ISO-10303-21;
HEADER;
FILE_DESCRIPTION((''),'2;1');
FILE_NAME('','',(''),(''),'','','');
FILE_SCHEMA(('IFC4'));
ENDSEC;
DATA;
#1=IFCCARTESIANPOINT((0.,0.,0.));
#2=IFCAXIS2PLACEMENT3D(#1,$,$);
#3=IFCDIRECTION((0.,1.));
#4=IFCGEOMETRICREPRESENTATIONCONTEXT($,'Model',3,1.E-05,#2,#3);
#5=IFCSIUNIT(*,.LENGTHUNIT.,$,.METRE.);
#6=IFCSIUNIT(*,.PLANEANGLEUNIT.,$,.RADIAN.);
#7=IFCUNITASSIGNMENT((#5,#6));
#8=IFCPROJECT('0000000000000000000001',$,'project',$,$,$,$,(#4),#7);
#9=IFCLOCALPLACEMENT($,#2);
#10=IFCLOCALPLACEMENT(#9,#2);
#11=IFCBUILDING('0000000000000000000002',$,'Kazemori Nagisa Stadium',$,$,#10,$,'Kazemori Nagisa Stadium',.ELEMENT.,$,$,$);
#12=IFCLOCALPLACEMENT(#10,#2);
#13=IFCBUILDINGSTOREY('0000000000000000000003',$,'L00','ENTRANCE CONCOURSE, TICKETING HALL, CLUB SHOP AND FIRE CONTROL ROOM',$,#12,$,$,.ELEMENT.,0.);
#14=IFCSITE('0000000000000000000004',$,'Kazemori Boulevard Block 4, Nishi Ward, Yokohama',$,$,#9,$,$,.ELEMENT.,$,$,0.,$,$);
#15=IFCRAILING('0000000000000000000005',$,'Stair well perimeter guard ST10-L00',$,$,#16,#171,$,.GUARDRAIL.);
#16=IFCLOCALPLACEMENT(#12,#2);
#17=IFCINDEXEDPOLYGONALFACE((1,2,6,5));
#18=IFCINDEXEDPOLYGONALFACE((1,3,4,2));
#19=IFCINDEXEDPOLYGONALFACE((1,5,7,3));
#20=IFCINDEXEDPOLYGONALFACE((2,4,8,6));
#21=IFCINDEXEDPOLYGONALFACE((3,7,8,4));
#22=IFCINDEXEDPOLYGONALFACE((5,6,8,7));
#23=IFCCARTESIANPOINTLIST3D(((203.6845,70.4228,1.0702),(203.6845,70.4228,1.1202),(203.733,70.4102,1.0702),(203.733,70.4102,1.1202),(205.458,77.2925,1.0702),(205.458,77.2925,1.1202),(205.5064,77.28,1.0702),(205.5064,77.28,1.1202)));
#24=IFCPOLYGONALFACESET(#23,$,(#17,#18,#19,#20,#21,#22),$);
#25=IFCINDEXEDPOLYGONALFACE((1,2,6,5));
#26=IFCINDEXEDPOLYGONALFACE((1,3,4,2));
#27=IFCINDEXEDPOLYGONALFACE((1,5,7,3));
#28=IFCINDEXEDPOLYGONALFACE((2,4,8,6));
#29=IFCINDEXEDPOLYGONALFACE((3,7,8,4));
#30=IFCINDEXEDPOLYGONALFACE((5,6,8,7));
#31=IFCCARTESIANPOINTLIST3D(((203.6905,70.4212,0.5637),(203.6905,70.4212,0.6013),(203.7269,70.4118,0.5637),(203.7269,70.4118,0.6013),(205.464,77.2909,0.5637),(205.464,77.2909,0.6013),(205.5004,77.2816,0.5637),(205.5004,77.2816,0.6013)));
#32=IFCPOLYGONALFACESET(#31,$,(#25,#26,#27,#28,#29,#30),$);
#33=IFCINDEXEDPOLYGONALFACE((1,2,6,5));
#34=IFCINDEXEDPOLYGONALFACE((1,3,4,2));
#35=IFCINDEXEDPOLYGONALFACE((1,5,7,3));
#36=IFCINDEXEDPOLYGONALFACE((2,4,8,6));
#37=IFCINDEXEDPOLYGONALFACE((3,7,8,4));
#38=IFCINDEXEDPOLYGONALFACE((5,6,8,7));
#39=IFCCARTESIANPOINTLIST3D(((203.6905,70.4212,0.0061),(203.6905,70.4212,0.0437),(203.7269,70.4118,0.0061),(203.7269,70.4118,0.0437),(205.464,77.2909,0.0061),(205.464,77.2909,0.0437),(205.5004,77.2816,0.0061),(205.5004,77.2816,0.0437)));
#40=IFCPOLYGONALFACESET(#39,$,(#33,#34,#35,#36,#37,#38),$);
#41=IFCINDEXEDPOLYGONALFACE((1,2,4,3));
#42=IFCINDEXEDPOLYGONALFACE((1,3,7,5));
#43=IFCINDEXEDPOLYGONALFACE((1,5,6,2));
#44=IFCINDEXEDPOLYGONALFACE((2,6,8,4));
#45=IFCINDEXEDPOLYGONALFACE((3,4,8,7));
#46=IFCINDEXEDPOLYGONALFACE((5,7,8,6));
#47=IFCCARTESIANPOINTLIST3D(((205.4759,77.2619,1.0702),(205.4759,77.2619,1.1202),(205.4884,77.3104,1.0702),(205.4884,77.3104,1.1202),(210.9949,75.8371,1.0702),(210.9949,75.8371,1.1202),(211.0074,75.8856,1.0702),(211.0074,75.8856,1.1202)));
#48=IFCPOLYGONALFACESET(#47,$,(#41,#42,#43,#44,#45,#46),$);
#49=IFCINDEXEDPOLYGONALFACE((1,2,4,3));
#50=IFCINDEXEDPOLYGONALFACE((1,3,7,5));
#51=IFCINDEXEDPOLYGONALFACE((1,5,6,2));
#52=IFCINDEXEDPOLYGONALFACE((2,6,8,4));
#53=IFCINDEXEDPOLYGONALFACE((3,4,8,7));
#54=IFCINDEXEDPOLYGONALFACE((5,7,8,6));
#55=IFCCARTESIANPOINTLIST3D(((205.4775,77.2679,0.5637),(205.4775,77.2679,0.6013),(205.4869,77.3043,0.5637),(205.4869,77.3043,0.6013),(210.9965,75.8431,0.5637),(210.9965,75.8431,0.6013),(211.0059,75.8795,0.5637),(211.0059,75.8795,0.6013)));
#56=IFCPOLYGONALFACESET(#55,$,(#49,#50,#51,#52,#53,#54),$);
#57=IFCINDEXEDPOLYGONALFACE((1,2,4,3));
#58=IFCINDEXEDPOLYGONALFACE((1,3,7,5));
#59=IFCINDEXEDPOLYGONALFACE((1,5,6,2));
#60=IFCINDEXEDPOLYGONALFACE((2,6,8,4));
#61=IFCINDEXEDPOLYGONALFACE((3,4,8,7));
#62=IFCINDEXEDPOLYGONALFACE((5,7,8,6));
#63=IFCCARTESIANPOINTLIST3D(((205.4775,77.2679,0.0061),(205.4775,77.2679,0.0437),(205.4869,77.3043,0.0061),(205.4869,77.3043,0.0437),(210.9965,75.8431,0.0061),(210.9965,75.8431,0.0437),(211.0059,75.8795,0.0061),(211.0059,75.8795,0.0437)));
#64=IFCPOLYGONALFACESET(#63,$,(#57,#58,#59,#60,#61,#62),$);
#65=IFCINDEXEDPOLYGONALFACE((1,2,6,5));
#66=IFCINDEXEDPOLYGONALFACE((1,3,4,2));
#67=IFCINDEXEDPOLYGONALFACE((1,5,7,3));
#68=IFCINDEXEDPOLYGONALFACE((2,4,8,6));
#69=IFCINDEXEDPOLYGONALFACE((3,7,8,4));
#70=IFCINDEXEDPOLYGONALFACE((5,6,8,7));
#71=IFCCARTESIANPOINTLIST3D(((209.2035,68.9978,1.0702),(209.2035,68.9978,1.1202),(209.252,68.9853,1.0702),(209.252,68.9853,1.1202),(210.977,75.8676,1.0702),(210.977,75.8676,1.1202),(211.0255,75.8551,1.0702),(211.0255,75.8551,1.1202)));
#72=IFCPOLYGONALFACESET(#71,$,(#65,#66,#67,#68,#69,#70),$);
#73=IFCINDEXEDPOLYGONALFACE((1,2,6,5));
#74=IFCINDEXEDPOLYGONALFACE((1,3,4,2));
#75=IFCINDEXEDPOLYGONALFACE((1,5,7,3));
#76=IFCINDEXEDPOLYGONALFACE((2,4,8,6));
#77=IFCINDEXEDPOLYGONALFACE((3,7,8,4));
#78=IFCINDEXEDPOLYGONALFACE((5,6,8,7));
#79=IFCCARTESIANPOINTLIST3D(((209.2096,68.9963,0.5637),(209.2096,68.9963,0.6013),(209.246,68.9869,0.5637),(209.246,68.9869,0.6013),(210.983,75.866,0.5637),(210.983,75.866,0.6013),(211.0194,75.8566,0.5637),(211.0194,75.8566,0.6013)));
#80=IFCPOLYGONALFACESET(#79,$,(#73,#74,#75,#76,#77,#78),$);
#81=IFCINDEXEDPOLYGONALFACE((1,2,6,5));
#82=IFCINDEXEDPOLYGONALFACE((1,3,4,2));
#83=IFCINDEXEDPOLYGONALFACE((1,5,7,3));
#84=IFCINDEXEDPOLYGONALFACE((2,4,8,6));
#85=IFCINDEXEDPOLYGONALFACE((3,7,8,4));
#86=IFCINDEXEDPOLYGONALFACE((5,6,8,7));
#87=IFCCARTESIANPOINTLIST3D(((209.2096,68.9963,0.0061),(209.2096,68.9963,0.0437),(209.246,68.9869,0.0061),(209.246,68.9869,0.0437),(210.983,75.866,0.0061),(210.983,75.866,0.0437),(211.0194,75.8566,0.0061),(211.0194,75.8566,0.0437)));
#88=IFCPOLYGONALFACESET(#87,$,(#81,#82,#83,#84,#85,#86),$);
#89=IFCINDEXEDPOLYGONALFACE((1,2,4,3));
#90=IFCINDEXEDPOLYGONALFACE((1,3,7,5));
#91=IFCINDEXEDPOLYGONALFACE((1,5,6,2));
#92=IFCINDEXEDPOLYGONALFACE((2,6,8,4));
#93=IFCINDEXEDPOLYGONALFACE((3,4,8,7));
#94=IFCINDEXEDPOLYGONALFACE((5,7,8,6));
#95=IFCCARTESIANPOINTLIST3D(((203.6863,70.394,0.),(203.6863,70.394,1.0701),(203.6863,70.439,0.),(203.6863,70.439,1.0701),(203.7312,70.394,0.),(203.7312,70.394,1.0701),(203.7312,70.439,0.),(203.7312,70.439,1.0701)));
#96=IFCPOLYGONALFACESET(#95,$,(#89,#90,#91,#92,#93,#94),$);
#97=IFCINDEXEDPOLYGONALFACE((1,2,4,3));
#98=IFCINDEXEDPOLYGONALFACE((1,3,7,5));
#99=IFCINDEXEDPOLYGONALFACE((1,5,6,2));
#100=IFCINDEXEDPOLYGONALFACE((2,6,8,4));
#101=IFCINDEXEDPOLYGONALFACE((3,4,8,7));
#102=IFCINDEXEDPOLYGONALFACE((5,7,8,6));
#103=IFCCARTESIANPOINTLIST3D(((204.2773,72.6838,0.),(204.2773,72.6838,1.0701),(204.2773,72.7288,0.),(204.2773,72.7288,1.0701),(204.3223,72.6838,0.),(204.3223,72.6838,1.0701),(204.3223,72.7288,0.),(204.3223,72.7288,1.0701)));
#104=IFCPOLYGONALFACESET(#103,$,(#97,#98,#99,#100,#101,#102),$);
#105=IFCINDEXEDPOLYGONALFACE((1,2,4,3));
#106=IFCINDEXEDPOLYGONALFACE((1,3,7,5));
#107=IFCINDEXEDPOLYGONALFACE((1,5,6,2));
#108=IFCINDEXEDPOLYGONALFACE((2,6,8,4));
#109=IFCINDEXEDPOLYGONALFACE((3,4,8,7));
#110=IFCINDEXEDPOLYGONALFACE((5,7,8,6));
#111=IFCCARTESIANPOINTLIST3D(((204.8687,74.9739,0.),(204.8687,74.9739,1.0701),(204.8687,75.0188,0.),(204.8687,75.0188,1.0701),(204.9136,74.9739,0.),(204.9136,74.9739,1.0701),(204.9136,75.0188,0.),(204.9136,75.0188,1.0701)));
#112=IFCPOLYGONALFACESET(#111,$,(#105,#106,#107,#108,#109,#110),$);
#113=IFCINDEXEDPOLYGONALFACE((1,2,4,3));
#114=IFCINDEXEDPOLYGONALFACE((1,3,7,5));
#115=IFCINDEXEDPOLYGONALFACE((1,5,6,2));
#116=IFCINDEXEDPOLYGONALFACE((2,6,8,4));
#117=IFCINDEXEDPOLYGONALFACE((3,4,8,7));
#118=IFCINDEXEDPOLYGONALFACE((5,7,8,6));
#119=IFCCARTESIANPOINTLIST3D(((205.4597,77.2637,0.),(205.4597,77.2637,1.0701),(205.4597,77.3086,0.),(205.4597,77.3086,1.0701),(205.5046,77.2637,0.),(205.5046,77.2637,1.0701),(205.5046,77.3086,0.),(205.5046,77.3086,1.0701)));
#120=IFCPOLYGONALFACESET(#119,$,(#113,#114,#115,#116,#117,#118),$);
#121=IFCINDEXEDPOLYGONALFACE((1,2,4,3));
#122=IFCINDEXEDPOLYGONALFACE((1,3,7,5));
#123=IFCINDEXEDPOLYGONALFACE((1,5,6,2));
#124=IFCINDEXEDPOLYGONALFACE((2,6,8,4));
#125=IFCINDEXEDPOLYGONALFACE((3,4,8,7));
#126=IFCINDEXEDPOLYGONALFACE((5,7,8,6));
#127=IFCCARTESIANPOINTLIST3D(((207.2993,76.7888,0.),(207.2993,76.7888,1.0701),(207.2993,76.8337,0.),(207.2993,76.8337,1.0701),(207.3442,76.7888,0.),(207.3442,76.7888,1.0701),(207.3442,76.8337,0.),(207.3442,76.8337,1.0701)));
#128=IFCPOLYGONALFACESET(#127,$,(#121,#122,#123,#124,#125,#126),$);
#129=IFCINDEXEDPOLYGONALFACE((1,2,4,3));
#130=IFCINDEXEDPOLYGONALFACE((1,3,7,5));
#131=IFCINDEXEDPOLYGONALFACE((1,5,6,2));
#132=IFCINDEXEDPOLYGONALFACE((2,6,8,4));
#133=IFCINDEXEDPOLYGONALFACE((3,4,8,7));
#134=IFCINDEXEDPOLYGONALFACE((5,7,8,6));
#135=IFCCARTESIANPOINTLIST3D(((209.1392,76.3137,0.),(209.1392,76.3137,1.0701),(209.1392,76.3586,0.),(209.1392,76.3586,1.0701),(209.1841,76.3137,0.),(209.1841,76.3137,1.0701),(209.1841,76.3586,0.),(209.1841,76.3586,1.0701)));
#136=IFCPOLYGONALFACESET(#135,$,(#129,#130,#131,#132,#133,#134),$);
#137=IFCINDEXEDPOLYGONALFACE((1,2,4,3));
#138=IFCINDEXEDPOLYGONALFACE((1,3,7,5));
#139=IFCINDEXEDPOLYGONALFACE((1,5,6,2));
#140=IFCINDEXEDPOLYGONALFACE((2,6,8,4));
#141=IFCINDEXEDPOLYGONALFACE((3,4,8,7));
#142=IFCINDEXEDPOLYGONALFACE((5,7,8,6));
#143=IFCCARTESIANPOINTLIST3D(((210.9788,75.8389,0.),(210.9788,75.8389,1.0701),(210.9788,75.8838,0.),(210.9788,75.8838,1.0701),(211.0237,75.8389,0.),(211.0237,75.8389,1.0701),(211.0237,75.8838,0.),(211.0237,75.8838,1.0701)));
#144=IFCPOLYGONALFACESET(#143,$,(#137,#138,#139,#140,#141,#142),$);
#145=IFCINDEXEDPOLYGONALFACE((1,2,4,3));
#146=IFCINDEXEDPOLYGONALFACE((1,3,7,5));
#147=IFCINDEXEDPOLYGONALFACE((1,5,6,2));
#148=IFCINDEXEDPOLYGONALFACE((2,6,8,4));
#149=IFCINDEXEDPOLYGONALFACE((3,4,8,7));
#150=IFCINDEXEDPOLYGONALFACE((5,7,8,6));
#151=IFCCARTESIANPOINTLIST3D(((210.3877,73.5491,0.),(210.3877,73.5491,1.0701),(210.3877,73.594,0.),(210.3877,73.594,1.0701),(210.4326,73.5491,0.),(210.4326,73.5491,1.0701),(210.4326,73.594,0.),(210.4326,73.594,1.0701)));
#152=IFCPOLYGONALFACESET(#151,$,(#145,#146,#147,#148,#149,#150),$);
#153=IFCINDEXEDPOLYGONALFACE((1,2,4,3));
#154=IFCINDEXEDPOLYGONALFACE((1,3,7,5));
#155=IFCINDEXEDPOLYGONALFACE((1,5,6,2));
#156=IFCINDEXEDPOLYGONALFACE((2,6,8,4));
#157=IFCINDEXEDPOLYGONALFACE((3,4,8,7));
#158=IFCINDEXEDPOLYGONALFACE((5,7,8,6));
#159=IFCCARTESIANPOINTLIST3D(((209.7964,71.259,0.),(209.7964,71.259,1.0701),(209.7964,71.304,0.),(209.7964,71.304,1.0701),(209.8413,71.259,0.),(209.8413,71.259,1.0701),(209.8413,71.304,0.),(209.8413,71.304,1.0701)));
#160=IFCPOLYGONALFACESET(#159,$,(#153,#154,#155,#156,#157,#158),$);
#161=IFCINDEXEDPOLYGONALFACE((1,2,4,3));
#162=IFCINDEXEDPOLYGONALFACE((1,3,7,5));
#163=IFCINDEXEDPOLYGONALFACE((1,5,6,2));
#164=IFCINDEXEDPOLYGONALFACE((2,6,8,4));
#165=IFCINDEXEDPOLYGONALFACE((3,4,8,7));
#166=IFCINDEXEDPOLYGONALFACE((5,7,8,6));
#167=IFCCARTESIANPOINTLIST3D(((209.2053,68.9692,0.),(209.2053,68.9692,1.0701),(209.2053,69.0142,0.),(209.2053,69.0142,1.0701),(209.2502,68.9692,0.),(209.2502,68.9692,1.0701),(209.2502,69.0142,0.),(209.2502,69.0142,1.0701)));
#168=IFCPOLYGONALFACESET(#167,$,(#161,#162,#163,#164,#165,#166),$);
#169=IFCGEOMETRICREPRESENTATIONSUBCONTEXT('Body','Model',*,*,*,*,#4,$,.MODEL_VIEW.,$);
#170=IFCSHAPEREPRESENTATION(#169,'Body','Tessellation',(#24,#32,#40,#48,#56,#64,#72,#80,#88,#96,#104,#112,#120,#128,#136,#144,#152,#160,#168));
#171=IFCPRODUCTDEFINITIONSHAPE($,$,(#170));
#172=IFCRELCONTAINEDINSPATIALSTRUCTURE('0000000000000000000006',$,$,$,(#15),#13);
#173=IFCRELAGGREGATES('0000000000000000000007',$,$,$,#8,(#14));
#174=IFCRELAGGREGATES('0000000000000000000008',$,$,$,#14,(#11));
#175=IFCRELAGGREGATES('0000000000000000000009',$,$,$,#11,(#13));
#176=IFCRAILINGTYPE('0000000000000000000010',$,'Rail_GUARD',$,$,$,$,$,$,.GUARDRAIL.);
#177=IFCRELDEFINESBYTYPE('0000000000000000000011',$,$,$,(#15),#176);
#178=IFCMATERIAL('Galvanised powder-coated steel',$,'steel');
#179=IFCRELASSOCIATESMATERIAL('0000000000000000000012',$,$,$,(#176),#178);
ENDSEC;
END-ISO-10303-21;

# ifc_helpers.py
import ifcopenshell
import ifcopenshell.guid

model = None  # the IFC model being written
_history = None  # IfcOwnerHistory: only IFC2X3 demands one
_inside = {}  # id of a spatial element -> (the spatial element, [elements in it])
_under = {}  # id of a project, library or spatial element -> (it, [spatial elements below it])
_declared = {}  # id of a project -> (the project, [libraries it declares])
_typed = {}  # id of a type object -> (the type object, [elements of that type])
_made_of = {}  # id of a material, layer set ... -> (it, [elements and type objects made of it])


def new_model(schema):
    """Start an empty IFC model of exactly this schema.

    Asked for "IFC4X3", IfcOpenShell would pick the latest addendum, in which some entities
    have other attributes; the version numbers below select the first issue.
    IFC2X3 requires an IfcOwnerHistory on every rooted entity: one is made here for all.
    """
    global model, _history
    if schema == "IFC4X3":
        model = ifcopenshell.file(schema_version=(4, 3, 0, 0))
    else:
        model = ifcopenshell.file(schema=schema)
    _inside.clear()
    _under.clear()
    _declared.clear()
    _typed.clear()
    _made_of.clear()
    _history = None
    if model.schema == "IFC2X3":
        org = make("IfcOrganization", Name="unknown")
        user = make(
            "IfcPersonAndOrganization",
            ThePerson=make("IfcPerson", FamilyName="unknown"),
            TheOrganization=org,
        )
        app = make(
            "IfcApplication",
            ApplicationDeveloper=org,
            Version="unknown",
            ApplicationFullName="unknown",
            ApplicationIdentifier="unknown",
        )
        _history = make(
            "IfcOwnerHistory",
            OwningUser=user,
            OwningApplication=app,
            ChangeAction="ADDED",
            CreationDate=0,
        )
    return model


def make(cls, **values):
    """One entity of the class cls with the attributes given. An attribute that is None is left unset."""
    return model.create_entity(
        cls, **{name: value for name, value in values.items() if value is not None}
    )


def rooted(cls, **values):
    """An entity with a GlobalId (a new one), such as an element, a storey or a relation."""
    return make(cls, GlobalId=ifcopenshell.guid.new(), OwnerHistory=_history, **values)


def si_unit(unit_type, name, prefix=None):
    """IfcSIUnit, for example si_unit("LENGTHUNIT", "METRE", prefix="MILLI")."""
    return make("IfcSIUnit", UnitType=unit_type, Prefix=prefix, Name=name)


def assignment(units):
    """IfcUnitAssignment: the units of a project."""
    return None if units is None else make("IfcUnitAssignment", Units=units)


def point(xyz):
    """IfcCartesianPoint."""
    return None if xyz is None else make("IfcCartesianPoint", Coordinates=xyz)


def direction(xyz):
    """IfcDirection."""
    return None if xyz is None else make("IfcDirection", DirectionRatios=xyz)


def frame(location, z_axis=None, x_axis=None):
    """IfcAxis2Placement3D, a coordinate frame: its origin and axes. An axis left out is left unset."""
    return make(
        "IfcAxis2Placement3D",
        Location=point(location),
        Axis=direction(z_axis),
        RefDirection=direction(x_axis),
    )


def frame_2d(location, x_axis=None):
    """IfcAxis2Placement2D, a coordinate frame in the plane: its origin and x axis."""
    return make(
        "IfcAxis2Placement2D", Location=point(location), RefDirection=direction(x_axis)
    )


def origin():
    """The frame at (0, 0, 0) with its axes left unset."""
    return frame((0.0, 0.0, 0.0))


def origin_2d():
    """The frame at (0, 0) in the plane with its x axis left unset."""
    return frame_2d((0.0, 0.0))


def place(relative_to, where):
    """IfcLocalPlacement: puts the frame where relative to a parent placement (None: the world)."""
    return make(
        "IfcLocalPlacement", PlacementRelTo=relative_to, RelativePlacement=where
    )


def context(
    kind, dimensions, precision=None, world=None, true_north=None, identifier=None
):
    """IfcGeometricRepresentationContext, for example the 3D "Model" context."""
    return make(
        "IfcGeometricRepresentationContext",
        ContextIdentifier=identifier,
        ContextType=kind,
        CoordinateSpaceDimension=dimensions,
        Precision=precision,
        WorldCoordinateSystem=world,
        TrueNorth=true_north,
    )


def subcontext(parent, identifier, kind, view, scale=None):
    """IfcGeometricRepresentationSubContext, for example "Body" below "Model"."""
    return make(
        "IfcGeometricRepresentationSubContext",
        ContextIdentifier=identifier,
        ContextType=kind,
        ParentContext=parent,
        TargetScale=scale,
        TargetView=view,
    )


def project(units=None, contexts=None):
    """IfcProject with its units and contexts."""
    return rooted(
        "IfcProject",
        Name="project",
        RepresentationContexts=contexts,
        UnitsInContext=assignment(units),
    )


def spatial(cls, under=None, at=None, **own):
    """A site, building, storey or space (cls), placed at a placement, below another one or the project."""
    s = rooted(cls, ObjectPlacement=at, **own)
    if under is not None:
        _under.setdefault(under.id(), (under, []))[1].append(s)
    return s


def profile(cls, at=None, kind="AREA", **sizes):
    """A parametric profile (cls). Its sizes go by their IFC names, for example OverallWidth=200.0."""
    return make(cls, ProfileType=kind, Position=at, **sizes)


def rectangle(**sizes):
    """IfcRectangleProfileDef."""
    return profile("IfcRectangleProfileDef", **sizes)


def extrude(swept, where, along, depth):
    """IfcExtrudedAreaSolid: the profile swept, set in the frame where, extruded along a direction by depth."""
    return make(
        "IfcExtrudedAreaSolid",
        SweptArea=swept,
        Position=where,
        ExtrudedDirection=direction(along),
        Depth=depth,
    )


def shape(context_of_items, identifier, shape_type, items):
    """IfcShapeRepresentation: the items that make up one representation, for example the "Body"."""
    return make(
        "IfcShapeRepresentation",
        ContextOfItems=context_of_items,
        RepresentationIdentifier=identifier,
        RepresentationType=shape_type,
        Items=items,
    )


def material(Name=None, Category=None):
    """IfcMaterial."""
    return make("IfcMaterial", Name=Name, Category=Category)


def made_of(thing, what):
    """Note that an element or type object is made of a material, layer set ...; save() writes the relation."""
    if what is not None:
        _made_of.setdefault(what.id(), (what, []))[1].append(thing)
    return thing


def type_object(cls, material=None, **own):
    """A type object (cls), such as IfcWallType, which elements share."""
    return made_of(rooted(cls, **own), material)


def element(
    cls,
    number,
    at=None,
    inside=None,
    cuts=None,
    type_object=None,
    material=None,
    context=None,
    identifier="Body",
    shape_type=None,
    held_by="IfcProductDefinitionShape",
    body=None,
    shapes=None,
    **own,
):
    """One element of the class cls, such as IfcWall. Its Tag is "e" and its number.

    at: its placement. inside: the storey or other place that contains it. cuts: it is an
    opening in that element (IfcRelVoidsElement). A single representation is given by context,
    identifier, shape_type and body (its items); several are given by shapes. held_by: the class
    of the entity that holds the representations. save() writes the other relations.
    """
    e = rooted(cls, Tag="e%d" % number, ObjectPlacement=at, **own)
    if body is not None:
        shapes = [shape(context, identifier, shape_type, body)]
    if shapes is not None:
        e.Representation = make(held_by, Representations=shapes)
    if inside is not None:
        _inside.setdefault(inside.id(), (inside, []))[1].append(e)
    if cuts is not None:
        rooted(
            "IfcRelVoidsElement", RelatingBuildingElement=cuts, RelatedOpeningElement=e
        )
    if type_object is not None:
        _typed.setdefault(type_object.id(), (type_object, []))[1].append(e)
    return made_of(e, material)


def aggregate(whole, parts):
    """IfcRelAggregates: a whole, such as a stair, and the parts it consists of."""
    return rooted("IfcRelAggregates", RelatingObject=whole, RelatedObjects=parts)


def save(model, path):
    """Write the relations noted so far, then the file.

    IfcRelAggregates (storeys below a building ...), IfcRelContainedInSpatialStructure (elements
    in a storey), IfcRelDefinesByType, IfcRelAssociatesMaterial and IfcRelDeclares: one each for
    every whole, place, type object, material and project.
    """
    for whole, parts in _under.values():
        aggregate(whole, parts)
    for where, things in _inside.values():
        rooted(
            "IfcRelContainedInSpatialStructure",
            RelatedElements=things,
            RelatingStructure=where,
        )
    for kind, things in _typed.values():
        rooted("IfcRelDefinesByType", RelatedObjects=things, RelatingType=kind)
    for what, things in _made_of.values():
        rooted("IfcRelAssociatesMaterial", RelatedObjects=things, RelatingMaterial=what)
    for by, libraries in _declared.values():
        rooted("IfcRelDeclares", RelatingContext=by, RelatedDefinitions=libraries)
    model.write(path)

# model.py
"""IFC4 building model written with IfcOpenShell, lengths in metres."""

from ifc_helpers import new_model, si_unit, direction, frame, origin, origin_2d, place, context, subcontext, project, spatial, rectangle, extrude, material, type_object, element, save


model = new_model("IFC4")

# Units and contexts
model_context = context("Model", 3, precision=1e-05, world=origin(), true_north=direction((0.0, 1.0)))
body_context = subcontext(model_context, "Body", "Model", "MODEL_VIEW")
ifc_project = project(units=[si_unit("LENGTHUNIT", "METRE"), si_unit("PLANEANGLEUNIT", "RADIAN")], contexts=[model_context])

# Site, building, storey
site_placement = place(None, origin())
site = spatial("IfcSite", under=ifc_project, at=site_placement, Name="Kazemori Boulevard Block 4, Nishi Ward, Yokohama", CompositionType="ELEMENT", RefElevation=0.0)
building_placement = place(site_placement, origin())
building = spatial("IfcBuilding", under=site, at=building_placement, Name="Kazemori Nagisa Stadium", LongName="Kazemori Nagisa Stadium", CompositionType="ELEMENT")
storey_placement = place(building_placement, origin())
storey = spatial("IfcBuildingStorey", under=building, at=storey_placement, Name="L00", Description="ENTRANCE CONCOURSE, TICKETING HALL, CLUB SHOP AND FIRE CONTROL ROOM", CompositionType="ELEMENT", Elevation=0.0)

# Railing
ifc_material_1 = material(Name="Galvanised powder-coated steel", Category="steel")
railing_type_1 = type_object("IfcRailingType", Name="Rail_GUARD", PredefinedType="GUARDRAIL", material=ifc_material_1)
railing_1_placement = place(storey_placement, frame((203.7087, 70.4165, 0.0)))
element("IfcRailing", 1, at=railing_1_placement, inside=storey, type_object=railing_type_1, Name="Stair well perimeter guard ST10-L00", PredefinedType="GUARDRAIL", context=body_context, shape_type="SweptSolid", body=[
    extrude(rectangle(XDim=0.05, YDim=0.05, at=origin_2d()), frame((0.0, 0.0, 1.0952), z_axis=(0.249961, 0.968256, 0.0), x_axis=(-0.968256, 0.249961, 0.0)), (0.0, 0.0, 1.0), 7.095),
    extrude(rectangle(XDim=0.0376, YDim=0.0376, at=origin_2d()), frame((0.0, 0.0, 0.5825), z_axis=(0.249961, 0.968256, 0.0), x_axis=(-0.968256, 0.249961, 0.0)), (0.0, 0.0, 1.0), 7.095),
    extrude(rectangle(XDim=0.0376, YDim=0.0376, at=origin_2d()), frame((0.0, 0.0, 0.0249), z_axis=(0.249961, 0.968256, 0.0), x_axis=(-0.968256, 0.249961, 0.0)), (0.0, 0.0, 1.0), 7.095),
    extrude(rectangle(XDim=0.05, YDim=0.05, at=origin_2d()), frame((1.7734, 6.8696, 1.0952), z_axis=(0.968255, -0.249966, 0.0), x_axis=(0.249966, 0.968255, 0.0)), (0.0, 0.0, 1.0), 5.7),
    extrude(rectangle(XDim=0.0376, YDim=0.0376, at=origin_2d()), frame((1.7734, 6.8696, 0.5825), z_axis=(0.968255, -0.249966, 0.0), x_axis=(0.249966, 0.968255, 0.0)), (0.0, 0.0, 1.0), 5.7),
    extrude(rectangle(XDim=0.0376, YDim=0.0376, at=origin_2d()), frame((1.7734, 6.8696, 0.0249), z_axis=(0.968255, -0.249966, 0.0), x_axis=(0.249966, 0.968255, 0.0)), (0.0, 0.0, 1.0), 5.7),
    extrude(rectangle(XDim=0.05, YDim=0.05, at=origin_2d()), frame((7.2925, 5.4448, 1.0952), z_axis=(-0.249961, -0.968256, 0.0), x_axis=(0.968256, -0.249961, 0.0)), (0.0, 0.0, 1.0), 7.095),
    extrude(rectangle(XDim=0.0376, YDim=0.0376, at=origin_2d()), frame((7.2925, 5.4448, 0.5825), z_axis=(-0.249961, -0.968256, 0.0), x_axis=(0.968256, -0.249961, 0.0)), (0.0, 0.0, 1.0), 7.095),
    extrude(rectangle(XDim=0.0376, YDim=0.0376, at=origin_2d()), frame((7.2925, 5.4448, 0.0249), z_axis=(-0.249961, -0.968256, 0.0), x_axis=(0.968256, -0.249961, 0.0)), (0.0, 0.0, 1.0), 7.095),
    extrude(rectangle(XDim=0.0449, YDim=0.0449, at=origin_2d()), origin(), (0.0, 0.0, 1.0), 1.0701),
    extrude(rectangle(XDim=0.0449, YDim=0.0449, at=origin_2d()), frame((0.5911, 2.2898, 0.0)), (0.0, 0.0, 1.0), 1.0701),
    extrude(rectangle(XDim=0.0449, YDim=0.0449, at=origin_2d()), frame((1.1824, 4.5798, 0.0)), (0.0, 0.0, 1.0), 1.0701),
    extrude(rectangle(XDim=0.0449, YDim=0.0449, at=origin_2d()), frame((1.7734, 6.8696, 0.0)), (0.0, 0.0, 1.0), 1.0701),
    extrude(rectangle(XDim=0.0449, YDim=0.0449, at=origin_2d()), frame((3.613, 6.3948, 0.0)), (0.0, 0.0, 1.0), 1.0701),
    extrude(rectangle(XDim=0.0449, YDim=0.0449, at=origin_2d()), frame((5.4529, 5.9197, 0.0)), (0.0, 0.0, 1.0), 1.0701),
    extrude(rectangle(XDim=0.0449, YDim=0.0449, at=origin_2d()), frame((7.2925, 5.4448, 0.0)), (0.0, 0.0, 1.0), 1.0701),
    extrude(rectangle(XDim=0.0449, YDim=0.0449, at=origin_2d()), frame((6.7014, 3.155, 0.0)), (0.0, 0.0, 1.0), 1.0701),
    extrude(rectangle(XDim=0.0449, YDim=0.0449, at=origin_2d()), frame((6.1101, 0.865, 0.0)), (0.0, 0.0, 1.0), 1.0701),
    extrude(rectangle(XDim=0.0449, YDim=0.0449, at=origin_2d()), frame((5.519, -1.4248, 0.0)), (0.0, 0.0, 1.0), 1.0701),
])

save(model, "model.ifc")
